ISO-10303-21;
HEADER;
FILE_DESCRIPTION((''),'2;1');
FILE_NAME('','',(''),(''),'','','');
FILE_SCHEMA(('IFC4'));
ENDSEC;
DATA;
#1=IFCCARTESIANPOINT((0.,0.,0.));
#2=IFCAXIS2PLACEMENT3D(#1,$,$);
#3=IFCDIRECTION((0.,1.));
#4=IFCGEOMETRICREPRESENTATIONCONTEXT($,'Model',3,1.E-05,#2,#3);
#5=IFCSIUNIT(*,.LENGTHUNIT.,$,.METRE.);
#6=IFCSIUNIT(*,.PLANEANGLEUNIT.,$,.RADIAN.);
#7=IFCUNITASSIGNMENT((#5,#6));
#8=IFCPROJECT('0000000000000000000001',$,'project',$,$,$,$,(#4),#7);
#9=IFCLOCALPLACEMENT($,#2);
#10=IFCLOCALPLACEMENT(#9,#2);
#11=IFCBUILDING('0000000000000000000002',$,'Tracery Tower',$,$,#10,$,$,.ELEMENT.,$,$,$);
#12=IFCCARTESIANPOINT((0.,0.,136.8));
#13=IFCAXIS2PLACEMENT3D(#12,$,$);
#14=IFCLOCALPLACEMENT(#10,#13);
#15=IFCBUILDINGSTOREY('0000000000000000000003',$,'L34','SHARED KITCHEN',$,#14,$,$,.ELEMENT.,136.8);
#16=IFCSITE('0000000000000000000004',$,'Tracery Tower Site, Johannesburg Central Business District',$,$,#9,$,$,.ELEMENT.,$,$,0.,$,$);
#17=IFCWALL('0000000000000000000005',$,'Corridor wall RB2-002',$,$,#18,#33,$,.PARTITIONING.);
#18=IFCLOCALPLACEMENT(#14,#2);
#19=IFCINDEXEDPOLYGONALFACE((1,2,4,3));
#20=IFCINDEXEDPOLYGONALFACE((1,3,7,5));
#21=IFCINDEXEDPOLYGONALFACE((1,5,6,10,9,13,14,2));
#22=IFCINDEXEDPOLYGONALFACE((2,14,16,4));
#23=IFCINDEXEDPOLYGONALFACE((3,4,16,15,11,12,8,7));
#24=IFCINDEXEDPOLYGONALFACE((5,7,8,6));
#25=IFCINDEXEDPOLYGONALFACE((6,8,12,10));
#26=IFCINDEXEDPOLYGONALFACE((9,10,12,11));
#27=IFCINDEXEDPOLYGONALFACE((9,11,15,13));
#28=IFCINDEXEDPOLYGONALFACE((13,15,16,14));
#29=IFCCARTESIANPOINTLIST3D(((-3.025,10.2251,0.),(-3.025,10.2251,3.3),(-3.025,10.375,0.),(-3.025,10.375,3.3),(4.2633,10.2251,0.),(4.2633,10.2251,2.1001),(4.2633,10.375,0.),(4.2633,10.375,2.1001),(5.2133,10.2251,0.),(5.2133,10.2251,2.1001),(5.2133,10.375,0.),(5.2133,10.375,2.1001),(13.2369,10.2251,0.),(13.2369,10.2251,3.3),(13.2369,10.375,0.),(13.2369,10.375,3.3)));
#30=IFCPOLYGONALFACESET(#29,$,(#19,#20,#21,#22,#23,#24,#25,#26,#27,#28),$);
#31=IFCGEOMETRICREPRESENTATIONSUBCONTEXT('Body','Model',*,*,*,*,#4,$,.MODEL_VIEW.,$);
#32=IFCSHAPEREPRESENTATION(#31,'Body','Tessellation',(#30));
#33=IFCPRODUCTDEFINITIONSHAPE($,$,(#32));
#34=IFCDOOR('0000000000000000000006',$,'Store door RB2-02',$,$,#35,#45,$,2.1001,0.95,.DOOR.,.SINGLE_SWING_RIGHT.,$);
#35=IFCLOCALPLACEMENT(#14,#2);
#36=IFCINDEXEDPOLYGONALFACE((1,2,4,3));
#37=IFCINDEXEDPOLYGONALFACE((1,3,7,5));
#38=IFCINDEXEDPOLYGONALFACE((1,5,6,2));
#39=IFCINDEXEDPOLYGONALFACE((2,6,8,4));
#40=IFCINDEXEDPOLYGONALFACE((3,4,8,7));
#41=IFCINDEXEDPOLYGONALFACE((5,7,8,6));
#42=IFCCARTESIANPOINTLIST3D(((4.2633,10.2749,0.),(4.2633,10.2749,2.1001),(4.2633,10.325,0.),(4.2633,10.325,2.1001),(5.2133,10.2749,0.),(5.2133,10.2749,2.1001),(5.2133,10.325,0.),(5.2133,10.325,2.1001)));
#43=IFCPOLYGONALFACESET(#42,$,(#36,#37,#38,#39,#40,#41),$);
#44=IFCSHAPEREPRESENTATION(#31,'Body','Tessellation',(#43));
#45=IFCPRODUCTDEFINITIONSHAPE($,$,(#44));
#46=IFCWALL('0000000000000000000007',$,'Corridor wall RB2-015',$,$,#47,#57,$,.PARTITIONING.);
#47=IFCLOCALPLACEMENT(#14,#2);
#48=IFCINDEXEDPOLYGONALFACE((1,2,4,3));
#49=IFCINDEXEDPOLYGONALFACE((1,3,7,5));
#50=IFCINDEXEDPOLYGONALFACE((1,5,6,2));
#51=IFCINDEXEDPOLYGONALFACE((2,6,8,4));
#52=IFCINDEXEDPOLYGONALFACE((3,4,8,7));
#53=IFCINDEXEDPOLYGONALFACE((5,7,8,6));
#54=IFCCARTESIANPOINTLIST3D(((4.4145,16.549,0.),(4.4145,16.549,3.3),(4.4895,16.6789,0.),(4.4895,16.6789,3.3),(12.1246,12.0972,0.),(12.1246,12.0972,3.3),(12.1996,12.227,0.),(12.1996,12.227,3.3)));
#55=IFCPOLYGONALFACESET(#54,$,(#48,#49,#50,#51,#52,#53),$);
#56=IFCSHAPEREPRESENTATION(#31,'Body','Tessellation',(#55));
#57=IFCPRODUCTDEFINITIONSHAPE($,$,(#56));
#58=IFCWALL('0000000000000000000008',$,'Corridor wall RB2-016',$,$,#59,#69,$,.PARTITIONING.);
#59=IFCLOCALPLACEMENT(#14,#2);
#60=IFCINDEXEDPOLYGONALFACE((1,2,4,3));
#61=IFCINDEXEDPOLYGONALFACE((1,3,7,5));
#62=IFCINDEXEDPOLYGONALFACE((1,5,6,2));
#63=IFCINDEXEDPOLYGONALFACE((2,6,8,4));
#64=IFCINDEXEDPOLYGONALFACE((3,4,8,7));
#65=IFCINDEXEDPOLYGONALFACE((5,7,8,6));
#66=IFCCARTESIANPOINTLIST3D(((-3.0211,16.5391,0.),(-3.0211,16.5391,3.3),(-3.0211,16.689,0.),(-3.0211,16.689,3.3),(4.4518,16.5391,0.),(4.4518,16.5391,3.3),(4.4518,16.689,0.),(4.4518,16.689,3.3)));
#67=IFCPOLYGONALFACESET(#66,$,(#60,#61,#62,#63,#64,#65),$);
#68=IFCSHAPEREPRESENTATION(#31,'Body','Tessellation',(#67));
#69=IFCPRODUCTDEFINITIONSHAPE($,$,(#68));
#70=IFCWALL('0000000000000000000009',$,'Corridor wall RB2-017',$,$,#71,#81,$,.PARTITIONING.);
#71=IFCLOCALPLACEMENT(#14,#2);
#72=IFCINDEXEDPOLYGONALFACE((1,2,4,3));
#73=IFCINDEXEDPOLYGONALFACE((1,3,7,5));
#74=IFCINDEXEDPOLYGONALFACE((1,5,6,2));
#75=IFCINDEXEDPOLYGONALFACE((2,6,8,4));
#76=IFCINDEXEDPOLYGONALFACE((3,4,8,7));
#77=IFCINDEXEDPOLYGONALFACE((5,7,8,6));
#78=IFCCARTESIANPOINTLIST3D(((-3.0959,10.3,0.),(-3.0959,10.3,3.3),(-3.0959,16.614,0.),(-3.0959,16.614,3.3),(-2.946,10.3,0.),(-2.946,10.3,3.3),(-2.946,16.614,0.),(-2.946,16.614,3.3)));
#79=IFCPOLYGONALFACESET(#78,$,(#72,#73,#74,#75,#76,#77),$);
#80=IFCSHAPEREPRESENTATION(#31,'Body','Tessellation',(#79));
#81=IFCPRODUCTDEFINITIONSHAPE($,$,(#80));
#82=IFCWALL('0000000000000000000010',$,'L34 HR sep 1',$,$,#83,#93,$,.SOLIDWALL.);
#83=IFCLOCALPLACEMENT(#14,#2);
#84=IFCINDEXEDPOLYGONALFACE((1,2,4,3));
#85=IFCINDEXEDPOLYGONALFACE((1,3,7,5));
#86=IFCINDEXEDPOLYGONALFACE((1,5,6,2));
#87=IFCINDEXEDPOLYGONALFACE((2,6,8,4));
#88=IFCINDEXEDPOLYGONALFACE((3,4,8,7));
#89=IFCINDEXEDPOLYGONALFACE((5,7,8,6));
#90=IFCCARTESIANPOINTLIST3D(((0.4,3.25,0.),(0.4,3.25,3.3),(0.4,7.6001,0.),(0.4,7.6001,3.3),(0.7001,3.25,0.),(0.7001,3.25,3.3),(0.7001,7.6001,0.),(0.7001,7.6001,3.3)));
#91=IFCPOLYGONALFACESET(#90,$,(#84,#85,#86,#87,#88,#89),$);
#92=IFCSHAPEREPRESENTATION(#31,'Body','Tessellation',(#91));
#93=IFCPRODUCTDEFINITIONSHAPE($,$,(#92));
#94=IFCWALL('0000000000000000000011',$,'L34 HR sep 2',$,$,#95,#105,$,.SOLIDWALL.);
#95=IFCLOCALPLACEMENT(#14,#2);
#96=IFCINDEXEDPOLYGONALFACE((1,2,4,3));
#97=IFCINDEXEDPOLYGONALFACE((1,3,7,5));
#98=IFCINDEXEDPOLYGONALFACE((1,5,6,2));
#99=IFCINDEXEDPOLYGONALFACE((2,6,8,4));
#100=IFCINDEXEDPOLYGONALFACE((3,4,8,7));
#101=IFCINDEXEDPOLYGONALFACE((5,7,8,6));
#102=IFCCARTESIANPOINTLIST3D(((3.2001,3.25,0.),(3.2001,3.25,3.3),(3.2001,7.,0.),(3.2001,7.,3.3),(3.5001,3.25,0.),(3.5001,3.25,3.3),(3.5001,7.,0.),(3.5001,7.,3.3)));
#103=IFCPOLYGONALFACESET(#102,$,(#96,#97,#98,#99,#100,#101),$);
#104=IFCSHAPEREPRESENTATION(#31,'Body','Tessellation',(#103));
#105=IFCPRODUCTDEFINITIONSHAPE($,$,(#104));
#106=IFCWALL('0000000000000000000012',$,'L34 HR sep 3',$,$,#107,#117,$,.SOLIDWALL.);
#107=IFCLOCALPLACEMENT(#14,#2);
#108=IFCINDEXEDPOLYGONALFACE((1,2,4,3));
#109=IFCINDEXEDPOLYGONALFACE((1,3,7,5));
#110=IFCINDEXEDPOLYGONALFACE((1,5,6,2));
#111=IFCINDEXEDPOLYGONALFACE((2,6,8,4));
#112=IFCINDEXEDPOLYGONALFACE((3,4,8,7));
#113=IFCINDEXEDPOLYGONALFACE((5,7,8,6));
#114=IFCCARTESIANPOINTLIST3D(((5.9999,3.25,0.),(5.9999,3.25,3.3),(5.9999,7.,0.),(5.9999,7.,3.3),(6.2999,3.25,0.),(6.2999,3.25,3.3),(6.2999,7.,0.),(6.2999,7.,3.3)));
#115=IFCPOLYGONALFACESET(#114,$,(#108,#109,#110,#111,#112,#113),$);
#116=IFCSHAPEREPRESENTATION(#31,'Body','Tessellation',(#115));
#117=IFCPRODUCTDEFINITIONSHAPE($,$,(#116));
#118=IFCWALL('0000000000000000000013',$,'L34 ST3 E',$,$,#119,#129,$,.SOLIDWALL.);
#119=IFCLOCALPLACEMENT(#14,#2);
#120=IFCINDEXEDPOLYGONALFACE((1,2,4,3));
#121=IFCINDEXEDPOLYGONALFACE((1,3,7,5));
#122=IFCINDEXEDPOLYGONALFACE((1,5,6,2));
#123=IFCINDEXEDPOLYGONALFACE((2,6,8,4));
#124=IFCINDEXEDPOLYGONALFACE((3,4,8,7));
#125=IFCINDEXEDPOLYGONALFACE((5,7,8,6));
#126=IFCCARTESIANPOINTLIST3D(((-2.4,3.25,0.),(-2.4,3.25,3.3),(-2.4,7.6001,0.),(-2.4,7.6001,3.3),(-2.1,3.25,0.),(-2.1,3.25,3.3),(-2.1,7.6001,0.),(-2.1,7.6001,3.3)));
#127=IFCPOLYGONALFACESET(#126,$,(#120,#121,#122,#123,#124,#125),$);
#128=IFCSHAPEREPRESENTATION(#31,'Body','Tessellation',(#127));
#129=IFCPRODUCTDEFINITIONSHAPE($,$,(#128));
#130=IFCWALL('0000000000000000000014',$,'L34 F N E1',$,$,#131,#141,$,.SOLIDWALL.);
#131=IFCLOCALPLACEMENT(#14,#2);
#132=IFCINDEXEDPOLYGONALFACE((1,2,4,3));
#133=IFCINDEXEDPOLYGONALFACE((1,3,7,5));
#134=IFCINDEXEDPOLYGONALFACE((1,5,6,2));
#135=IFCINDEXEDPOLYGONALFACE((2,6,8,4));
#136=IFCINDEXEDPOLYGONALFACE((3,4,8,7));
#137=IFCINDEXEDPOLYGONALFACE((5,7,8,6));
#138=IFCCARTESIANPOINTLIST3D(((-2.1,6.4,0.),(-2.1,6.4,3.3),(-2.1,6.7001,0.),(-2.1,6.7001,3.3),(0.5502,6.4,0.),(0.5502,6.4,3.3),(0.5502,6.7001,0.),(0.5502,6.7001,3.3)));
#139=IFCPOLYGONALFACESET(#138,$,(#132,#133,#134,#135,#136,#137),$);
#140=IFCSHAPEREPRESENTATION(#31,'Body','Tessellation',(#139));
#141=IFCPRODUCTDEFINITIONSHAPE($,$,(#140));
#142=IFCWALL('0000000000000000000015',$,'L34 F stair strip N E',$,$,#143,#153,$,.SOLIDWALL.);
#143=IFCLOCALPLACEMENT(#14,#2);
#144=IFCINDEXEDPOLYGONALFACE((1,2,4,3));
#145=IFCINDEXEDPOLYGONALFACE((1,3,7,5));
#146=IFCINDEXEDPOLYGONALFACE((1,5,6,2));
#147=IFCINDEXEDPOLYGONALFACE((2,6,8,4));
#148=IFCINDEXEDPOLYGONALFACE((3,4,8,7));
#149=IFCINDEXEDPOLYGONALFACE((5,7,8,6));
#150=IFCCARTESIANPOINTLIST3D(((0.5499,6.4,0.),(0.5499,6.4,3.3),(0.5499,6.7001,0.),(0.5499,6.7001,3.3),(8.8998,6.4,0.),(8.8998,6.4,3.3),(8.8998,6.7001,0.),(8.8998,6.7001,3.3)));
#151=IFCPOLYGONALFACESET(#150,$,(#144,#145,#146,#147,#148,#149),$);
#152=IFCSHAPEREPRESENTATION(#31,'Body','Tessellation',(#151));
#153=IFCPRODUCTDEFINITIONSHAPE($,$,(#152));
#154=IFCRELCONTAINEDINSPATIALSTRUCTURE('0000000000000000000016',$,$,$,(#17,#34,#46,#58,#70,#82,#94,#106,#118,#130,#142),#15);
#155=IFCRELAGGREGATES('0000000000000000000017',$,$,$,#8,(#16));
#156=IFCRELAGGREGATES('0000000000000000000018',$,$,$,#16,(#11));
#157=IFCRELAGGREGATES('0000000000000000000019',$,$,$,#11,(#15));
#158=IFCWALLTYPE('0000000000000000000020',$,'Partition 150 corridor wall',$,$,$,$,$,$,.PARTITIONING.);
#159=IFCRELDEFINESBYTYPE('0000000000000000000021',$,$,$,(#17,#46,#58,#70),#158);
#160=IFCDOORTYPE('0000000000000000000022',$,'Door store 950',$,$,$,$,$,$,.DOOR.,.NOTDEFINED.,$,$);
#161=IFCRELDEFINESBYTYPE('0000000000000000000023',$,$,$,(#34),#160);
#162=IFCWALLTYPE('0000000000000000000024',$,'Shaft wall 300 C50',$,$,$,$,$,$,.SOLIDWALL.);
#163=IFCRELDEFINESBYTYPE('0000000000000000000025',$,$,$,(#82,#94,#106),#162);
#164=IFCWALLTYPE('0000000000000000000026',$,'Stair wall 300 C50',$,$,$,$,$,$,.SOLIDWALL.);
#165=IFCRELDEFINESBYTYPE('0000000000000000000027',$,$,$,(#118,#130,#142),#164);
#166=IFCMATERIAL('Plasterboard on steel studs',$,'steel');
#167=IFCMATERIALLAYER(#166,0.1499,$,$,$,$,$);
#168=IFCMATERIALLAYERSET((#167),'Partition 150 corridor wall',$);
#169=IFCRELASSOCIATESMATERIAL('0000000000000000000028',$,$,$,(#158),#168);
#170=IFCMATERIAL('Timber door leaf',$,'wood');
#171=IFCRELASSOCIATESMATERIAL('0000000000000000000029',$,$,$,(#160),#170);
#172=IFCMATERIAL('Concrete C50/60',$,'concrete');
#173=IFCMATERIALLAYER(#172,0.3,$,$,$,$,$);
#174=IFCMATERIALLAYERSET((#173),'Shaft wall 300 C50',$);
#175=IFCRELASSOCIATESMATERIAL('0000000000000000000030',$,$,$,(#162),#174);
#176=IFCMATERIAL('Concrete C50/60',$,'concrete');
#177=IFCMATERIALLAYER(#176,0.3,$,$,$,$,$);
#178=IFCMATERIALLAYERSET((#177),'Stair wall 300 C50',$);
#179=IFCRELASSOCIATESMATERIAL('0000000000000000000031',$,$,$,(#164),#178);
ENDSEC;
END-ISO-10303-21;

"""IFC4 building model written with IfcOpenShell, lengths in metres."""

from ifc_helpers import new_model, si_unit, direction, frame, frame_2d, origin, place, context, subcontext, project, spatial, rectangle, extrude, material, layer, layer_set, type_object, element, fill, save


model = new_model("IFC4")

# Units and contexts
model_context = context("Model", 3, precision=1e-05, world=origin(), true_north=direction((0.0, 1.0)))
body_context = subcontext(model_context, "Body", "Model", "MODEL_VIEW")
ifc_project = project(units=[si_unit("LENGTHUNIT", "METRE"), si_unit("PLANEANGLEUNIT", "RADIAN")], contexts=[model_context])

# Site, building, storey
site_placement = place(None, origin())
site = spatial("IfcSite", under=ifc_project, at=site_placement, Name="Tracery Tower Site, Johannesburg Central Business District", CompositionType="ELEMENT", RefElevation=0.0)
building_placement = place(site_placement, origin())
building = spatial("IfcBuilding", under=site, at=building_placement, Name="Tracery Tower", CompositionType="ELEMENT")
storey_placement = place(building_placement, frame((0.0, 0.0, 136.8)))
storey = spatial("IfcBuildingStorey", under=building, at=storey_placement, Name="L34", Description="SHARED KITCHEN", CompositionType="ELEMENT", Elevation=136.8)

# Wall, opening, door
ifc_material_1 = material(Name="Plasterboard on steel studs", Category="steel")
ifc_layer_1 = layer(ifc_material_1, 0.1499)
ifc_layer_set_1 = layer_set([ifc_layer_1], Name="Partition 150 corridor wall")
wall_type_1 = type_object("IfcWallType", Name="Partition 150 corridor wall", PredefinedType="PARTITIONING", material=ifc_layer_set_1)
wall_1_placement = place(storey_placement, frame((-3.0249, 10.3, 0.0), z_axis=(0.0, 0.0, 1.0), x_axis=(1.0, 0.0, 0.0)))
wall_1 = element("IfcWall", 1, at=wall_1_placement, inside=storey, type_object=wall_type_1, Name="Corridor wall RB2-002", PredefinedType="PARTITIONING", context=body_context, shape_type="SweptSolid", body=[
    extrude(rectangle(XDim=16.262, YDim=0.1499, at=frame_2d((8.1309, 0.0))), origin(), (0.0, 0.0, 1.0), 3.3),
])
opening_1_placement = place(wall_1_placement, frame((7.2881, 0.0, 0.0)))
opening_1 = element("IfcOpeningElement", 2, at=opening_1_placement, cuts=wall_1, PredefinedType="OPENING", context=body_context, shape_type="SweptSolid", body=[
    extrude(rectangle(XDim=0.95, YDim=2.1001, at=frame_2d((0.4751, 1.05))), frame((0.0, 0.075, 0.0), z_axis=(0.0, -1.0, 0.0), x_axis=(1.0, 0.0, 0.0)), (0.0, 0.0, 1.0), 0.1499),
])
ifc_material_2 = material(Name="Timber door leaf", Category="wood")
door_type_1 = type_object("IfcDoorType", Name="Door store 950", OperationType="NOTDEFINED", PredefinedType="DOOR", material=ifc_material_2)
door_1_placement = place(opening_1_placement, origin())
door_1 = element("IfcDoor", 3, at=door_1_placement, inside=storey, type_object=door_type_1, Name="Store door RB2-02", OperationType="SINGLE_SWING_RIGHT", OverallHeight=2.1001, OverallWidth=0.95, PredefinedType="DOOR", context=body_context, shape_type="SweptSolid", body=[
    extrude(rectangle(XDim=0.95, YDim=2.1001, at=frame_2d((0.4751, 1.05))), frame((0.0, 0.0249, 0.0), z_axis=(0.0, -1.0, 0.0), x_axis=(1.0, 0.0, 0.0)), (0.0, 0.0, 1.0), 0.05),
])
fill(opening_1, door_1)

# Walls
wall_2_placement = place(storey_placement, frame((4.4519, 16.614, 0.0), z_axis=(0.0, 0.0, 1.0), x_axis=(0.866005, -0.500035, 0.0)))
element("IfcWall", 4, at=wall_2_placement, inside=storey, type_object=wall_type_1, Name="Corridor wall RB2-015", PredefinedType="PARTITIONING", context=body_context, shape_type="SweptSolid", body=[
    extrude(rectangle(XDim=8.9031, YDim=0.1499, at=frame_2d((4.4517, 0.0))), origin(), (0.0, 0.0, 1.0), 3.3),
])
wall_3_placement = place(storey_placement, frame((-3.021, 16.614, 0.0), z_axis=(0.0, 0.0, 1.0), x_axis=(1.0, 0.0, 0.0)))
element("IfcWall", 5, at=wall_3_placement, inside=storey, type_object=wall_type_1, Name="Corridor wall RB2-016", PredefinedType="PARTITIONING", context=body_context, shape_type="SweptSolid", body=[
    extrude(rectangle(XDim=7.4729, YDim=0.1499, at=frame_2d((3.7363, 0.0))), origin(), (0.0, 0.0, 1.0), 3.3),
])
wall_4_placement = place(storey_placement, frame((-3.021, 10.3, 0.0), z_axis=(0.0, 0.0, 1.0), x_axis=(0.0, 1.0, 0.0)))
element("IfcWall", 6, at=wall_4_placement, inside=storey, type_object=wall_type_1, Name="Corridor wall RB2-017", PredefinedType="PARTITIONING", context=body_context, shape_type="SweptSolid", body=[
    extrude(rectangle(XDim=6.314, YDim=0.1499, at=frame_2d((3.157, 0.0))), origin(), (0.0, 0.0, 1.0), 3.3),
])
ifc_material_3 = material(Name="Concrete C50/60", Category="concrete")
ifc_layer_2 = layer(ifc_material_3, 0.3)
ifc_layer_set_2 = layer_set([ifc_layer_2], Name="Shaft wall 300 C50")
wall_type_2 = type_object("IfcWallType", Name="Shaft wall 300 C50", PredefinedType="SOLIDWALL", material=ifc_layer_set_2)
wall_5_placement = place(storey_placement, frame((0.55, 3.25, 0.0), z_axis=(0.0, 0.0, 1.0), x_axis=(0.0, 1.0, 0.0)))
element("IfcWall", 7, at=wall_5_placement, inside=storey, type_object=wall_type_2, Name="L34 HR sep 1", PredefinedType="SOLIDWALL", context=body_context, shape_type="SweptSolid", body=[
    extrude(rectangle(XDim=4.3501, YDim=0.3, at=frame_2d((2.175, 0.0))), origin(), (0.0, 0.0, 1.0), 3.3),
])
for number, where, z_axis, x_axis, name in (
    (8, (3.3501, 3.25, 0.0), (0.0, 0.0, 1.0), (0.0, 1.0, 0.0), "L34 HR sep 2"),
    (9, (6.1499, 3.25, 0.0), (0.0, 0.0, 1.0), (0.0, 1.0, 0.0), "L34 HR sep 3"),
):
    element("IfcWall", number, at=place(storey_placement, frame(where, z_axis=z_axis, x_axis=x_axis)), inside=storey, type_object=wall_type_2, Name=name, PredefinedType="SOLIDWALL", context=body_context, shape_type="SweptSolid", body=[
        extrude(rectangle(XDim=3.75, YDim=0.3, at=frame_2d((1.875, 0.0))), origin(), (0.0, 0.0, 1.0), 3.3),
    ])
ifc_material_4 = material(Name="Concrete C50/60", Category="concrete")
ifc_layer_3 = layer(ifc_material_4, 0.3)
ifc_layer_set_3 = layer_set([ifc_layer_3], Name="Stair wall 300 C50")
wall_type_3 = type_object("IfcWallType", Name="Stair wall 300 C50", PredefinedType="SOLIDWALL", material=ifc_layer_set_3)
wall_6_placement = place(storey_placement, frame((-2.25, 3.25, 0.0), z_axis=(0.0, 0.0, 1.0), x_axis=(0.0, 1.0, 0.0)))
element("IfcWall", 10, at=wall_6_placement, inside=storey, type_object=wall_type_3, Name="L34 ST3 E", PredefinedType="SOLIDWALL", context=body_context, shape_type="SweptSolid", body=[
    extrude(rectangle(XDim=4.3501, YDim=0.3, at=frame_2d((2.175, 0.0))), origin(), (0.0, 0.0, 1.0), 3.3),
])
wall_7_placement = place(storey_placement, frame((-2.1001, 6.55, 0.0), z_axis=(0.0, 0.0, 1.0), x_axis=(1.0, 0.0, 0.0)))
element("IfcWall", 11, at=wall_7_placement, inside=storey, type_object=wall_type_3, Name="L34 F N E1", PredefinedType="SOLIDWALL", context=body_context, shape_type="SweptSolid", body=[
    extrude(rectangle(XDim=2.6501, YDim=0.3, at=frame_2d((1.3252, 0.0))), origin(), (0.0, 0.0, 1.0), 3.3),
])
wall_8_placement = place(storey_placement, frame((0.55, 6.55, 0.0), z_axis=(0.0, 0.0, 1.0), x_axis=(1.0, 0.0, 0.0)))
element("IfcWall", 12, at=wall_8_placement, inside=storey, type_object=wall_type_3, Name="L34 F stair strip N E", PredefinedType="SOLIDWALL", context=body_context, shape_type="SweptSolid", body=[
    extrude(rectangle(XDim=8.3499, YDim=0.3, at=frame_2d((4.1748, 0.0))), origin(), (0.0, 0.0, 1.0), 3.3),
])

save(model, "model.ifc")
